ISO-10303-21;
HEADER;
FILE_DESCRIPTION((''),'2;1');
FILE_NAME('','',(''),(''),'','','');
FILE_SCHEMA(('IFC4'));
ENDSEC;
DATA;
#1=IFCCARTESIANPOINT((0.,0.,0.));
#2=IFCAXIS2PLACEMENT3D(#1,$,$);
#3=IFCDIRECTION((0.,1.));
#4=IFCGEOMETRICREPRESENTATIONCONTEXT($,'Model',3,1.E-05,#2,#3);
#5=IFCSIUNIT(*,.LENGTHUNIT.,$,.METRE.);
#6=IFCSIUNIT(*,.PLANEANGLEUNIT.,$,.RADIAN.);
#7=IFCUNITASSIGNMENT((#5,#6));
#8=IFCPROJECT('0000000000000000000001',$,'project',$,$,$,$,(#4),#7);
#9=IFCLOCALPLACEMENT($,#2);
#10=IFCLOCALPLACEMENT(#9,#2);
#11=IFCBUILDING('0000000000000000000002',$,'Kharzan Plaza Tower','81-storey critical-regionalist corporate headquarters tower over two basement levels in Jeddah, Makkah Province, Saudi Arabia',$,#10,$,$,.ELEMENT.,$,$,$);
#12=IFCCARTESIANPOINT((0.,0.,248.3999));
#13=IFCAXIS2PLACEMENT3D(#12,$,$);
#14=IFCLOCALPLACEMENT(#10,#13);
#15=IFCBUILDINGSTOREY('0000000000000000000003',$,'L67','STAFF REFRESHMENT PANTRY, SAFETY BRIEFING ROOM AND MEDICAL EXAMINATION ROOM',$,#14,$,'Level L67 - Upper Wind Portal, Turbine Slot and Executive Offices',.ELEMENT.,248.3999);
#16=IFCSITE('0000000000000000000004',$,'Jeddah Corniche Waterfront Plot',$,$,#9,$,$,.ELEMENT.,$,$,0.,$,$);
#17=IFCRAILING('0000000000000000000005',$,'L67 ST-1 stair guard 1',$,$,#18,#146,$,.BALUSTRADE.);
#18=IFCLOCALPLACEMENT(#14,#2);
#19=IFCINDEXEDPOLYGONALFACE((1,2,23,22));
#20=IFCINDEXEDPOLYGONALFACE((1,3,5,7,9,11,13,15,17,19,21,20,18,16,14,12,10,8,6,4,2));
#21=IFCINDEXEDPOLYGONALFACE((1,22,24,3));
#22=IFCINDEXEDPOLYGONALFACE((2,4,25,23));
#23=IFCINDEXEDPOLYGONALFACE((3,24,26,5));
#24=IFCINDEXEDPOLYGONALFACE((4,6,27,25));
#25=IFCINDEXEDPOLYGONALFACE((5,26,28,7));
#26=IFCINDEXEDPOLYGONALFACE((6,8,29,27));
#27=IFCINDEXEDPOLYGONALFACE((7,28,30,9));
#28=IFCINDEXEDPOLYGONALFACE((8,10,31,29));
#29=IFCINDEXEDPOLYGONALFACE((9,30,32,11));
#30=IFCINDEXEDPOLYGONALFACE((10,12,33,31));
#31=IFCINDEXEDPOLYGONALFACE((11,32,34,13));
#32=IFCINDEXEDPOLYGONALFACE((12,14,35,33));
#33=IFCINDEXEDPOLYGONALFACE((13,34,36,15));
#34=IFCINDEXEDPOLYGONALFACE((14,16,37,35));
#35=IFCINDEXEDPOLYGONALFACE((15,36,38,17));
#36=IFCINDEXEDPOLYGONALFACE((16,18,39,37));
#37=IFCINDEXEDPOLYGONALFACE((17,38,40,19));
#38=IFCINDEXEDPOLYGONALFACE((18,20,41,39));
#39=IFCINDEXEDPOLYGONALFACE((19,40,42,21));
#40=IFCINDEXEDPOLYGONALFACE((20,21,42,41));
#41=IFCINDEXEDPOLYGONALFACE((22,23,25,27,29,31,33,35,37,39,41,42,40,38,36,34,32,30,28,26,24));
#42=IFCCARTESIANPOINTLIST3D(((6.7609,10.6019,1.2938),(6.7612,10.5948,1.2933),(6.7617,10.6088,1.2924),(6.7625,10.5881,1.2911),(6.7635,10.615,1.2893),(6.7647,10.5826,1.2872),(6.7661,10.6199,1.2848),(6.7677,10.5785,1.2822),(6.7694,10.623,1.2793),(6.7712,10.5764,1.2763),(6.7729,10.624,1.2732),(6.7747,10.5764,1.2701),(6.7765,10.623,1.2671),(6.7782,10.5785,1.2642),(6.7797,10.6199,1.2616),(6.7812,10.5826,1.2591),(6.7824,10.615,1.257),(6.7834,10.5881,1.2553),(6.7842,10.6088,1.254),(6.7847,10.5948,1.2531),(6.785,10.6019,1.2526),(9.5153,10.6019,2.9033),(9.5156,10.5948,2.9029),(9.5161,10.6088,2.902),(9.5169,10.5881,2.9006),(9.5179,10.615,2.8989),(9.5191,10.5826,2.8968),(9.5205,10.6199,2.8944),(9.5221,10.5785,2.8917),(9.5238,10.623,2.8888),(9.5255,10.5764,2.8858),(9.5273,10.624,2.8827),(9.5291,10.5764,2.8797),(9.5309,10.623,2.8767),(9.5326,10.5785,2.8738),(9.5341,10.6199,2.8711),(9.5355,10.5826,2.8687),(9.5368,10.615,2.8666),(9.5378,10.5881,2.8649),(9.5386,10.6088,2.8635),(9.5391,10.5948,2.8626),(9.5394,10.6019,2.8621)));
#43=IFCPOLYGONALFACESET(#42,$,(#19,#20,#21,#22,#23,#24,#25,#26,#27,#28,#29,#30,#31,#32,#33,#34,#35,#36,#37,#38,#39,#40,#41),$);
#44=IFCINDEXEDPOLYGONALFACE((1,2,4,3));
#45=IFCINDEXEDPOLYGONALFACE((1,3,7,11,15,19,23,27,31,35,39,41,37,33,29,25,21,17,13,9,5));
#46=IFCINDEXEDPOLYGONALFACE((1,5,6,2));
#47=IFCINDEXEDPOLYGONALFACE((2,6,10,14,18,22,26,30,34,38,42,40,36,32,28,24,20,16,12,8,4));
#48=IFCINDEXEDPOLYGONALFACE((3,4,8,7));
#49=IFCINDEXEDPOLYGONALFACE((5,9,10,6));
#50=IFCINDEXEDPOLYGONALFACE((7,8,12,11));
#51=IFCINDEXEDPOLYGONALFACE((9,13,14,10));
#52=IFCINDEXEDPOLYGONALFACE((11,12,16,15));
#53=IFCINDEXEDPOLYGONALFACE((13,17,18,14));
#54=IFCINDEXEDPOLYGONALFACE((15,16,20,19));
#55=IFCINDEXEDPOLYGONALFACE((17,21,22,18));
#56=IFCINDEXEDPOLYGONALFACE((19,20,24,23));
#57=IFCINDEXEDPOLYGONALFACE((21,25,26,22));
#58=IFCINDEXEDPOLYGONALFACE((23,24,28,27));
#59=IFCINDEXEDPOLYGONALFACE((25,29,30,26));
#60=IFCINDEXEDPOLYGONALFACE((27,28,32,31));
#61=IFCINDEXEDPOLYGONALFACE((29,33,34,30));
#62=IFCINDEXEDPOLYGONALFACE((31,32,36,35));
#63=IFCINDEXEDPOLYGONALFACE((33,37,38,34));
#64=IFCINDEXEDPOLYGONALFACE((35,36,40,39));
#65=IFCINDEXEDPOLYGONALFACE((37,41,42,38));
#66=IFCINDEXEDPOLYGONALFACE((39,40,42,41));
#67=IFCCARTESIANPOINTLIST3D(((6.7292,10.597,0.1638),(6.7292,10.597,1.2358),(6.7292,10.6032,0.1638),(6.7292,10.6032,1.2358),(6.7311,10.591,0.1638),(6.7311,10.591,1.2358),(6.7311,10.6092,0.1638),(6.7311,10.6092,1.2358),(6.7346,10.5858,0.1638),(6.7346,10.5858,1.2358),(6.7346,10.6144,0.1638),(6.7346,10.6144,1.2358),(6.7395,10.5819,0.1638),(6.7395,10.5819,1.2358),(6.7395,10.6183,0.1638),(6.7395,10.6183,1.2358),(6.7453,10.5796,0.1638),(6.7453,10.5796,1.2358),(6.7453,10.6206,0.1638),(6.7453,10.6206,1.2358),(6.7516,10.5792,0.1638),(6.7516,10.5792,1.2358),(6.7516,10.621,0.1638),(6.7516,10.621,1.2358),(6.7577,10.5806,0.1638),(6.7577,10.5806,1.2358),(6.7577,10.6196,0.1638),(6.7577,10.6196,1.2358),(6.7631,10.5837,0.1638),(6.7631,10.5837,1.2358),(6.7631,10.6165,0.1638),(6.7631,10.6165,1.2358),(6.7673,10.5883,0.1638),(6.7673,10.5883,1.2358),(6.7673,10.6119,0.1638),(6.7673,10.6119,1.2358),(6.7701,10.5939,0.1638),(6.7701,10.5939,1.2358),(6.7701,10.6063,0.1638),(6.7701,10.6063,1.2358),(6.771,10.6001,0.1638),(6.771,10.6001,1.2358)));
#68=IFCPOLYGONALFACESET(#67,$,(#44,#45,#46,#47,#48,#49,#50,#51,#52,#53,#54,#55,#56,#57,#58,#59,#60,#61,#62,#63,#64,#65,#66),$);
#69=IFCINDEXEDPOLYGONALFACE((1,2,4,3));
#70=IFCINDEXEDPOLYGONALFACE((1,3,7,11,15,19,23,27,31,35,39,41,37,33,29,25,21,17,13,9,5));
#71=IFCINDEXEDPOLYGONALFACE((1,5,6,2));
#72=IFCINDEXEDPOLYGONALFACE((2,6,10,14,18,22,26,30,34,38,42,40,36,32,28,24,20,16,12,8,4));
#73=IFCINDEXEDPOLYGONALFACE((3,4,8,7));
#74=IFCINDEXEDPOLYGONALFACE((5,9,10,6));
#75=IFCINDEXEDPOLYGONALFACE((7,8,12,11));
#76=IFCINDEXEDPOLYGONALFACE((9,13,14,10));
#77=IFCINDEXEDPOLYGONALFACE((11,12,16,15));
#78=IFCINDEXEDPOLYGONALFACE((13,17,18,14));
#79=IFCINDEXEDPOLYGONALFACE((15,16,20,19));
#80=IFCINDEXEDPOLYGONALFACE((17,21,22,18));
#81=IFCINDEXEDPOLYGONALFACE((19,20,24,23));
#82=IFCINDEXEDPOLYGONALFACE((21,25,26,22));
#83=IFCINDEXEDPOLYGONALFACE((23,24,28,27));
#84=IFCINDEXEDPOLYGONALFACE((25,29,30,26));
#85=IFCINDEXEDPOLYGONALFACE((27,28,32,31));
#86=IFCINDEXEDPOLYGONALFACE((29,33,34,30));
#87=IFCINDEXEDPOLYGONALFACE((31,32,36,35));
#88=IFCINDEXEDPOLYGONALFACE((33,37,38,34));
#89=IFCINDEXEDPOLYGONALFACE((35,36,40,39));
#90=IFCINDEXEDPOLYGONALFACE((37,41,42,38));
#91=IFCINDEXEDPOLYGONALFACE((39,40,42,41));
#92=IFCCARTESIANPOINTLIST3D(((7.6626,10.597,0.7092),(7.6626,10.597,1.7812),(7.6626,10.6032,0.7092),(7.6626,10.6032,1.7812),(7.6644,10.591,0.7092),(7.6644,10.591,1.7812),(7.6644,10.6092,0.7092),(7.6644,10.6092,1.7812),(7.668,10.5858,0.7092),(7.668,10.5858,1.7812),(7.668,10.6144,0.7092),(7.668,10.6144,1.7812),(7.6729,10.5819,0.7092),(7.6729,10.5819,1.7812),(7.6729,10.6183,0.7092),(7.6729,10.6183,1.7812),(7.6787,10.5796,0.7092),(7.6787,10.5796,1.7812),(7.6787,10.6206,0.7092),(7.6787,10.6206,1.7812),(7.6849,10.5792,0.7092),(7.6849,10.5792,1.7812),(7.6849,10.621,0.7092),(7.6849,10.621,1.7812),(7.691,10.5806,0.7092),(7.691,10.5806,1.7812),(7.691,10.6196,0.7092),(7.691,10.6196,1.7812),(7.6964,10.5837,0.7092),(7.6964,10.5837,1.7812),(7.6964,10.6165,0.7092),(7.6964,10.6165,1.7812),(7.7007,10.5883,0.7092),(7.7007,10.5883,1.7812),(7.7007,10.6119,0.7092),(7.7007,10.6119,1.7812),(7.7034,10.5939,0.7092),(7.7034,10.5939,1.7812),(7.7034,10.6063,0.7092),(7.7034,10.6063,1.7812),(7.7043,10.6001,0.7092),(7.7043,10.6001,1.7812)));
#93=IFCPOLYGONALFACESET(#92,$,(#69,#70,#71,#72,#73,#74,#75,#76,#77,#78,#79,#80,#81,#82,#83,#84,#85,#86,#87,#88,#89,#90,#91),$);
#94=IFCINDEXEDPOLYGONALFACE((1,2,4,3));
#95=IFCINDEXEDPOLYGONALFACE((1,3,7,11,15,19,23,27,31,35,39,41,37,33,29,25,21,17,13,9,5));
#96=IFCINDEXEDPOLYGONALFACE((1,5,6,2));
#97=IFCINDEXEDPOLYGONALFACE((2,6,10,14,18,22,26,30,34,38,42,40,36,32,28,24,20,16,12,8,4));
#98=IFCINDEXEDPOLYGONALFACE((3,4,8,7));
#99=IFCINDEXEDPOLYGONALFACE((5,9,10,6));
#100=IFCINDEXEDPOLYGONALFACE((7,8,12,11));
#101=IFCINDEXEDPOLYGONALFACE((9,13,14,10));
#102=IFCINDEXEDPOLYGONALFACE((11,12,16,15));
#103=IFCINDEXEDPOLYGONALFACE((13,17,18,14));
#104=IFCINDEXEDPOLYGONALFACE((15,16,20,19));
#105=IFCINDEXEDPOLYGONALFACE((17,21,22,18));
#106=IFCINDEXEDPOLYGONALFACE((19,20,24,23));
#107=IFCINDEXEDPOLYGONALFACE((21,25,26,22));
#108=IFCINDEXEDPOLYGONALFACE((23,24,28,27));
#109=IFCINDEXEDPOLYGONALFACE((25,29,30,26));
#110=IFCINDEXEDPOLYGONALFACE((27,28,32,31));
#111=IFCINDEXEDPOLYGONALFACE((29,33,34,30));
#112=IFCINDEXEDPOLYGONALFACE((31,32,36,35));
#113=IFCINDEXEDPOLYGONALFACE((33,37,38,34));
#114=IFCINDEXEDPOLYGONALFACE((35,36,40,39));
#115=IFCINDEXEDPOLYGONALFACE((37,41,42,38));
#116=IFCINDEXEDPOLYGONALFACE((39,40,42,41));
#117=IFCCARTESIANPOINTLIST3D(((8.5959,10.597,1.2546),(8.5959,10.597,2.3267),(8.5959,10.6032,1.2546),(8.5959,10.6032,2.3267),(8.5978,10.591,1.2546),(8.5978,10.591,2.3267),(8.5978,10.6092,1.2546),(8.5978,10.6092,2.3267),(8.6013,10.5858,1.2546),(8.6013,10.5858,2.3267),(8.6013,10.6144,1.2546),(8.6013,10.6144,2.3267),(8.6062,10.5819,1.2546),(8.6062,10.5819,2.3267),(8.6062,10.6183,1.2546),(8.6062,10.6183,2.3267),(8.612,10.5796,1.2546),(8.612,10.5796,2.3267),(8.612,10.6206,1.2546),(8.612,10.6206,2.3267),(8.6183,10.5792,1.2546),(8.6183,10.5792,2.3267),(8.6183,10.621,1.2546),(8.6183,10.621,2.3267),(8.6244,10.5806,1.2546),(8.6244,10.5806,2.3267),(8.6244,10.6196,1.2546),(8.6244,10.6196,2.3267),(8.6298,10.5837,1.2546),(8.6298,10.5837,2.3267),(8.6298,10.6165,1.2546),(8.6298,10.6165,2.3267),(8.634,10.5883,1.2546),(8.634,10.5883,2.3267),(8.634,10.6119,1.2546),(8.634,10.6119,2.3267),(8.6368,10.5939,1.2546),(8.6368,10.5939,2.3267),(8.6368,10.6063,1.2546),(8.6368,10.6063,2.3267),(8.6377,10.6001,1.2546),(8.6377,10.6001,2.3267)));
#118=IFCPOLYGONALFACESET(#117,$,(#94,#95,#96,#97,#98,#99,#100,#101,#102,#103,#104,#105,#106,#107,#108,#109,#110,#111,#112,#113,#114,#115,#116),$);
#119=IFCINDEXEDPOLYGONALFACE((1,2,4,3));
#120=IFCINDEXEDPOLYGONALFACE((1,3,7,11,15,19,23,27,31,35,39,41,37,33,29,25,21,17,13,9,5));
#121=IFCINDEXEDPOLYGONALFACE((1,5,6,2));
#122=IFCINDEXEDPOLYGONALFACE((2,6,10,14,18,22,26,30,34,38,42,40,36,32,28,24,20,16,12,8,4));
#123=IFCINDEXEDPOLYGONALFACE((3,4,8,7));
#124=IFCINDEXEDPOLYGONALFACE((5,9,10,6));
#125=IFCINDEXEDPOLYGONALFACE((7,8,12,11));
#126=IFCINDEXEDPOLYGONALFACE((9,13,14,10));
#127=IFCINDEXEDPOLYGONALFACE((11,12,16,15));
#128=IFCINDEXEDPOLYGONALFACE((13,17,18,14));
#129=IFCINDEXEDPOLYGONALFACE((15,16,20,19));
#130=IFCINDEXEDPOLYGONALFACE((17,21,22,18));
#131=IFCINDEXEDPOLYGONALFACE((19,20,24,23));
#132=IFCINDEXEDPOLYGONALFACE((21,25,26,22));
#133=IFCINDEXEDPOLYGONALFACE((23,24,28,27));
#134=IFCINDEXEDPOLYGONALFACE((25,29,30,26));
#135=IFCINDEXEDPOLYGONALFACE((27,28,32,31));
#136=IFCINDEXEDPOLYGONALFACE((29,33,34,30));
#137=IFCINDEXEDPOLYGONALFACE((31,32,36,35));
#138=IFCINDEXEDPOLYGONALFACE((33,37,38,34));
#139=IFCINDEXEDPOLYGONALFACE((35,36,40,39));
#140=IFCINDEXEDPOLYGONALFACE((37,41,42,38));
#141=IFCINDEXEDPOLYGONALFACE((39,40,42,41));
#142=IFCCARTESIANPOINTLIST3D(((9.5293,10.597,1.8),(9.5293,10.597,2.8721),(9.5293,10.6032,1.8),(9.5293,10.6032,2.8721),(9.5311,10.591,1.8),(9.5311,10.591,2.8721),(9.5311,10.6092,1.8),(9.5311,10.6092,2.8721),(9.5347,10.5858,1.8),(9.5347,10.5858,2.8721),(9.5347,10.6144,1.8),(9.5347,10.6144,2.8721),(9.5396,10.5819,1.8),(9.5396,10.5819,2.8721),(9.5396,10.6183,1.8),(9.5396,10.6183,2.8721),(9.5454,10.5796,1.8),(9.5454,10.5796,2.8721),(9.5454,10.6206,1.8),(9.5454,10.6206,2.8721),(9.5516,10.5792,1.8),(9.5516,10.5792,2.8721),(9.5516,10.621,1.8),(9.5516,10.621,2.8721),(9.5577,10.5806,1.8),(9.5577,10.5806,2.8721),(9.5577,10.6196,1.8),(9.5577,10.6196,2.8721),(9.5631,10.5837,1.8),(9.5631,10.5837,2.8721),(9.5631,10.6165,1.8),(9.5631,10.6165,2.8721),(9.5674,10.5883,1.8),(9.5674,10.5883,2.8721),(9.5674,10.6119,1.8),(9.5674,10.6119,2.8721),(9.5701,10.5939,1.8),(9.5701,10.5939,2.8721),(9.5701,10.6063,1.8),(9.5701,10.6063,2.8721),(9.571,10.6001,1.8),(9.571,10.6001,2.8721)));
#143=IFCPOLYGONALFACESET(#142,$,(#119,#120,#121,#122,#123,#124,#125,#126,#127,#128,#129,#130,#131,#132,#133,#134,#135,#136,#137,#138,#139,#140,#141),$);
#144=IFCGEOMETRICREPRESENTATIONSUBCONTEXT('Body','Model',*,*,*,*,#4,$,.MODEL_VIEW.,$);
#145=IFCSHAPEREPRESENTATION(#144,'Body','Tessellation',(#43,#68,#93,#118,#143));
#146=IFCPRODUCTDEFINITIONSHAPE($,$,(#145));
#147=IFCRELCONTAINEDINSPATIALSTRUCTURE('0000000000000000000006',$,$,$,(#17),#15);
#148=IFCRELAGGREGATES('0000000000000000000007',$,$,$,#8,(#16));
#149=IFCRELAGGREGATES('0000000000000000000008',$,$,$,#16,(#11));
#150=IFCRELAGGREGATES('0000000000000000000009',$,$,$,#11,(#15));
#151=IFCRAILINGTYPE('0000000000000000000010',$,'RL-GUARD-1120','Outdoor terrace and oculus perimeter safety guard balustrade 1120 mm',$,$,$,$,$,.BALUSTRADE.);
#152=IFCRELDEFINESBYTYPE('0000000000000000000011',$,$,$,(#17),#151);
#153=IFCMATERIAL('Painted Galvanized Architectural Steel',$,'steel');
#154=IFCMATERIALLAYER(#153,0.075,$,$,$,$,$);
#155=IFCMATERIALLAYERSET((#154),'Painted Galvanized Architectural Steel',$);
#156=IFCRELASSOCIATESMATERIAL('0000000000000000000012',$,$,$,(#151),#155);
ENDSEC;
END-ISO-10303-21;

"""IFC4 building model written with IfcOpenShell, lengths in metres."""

from ifc_helpers import new_model, si_unit, direction, frame, origin, origin_2d, place, context, subcontext, project, spatial, circle, extrude, source, transform, mapped, material, layer, layer_set, type_object, element, save


model = new_model("IFC4")

# Units and contexts
model_context = context("Model", 3, precision=1e-05, world=origin(), true_north=direction((0.0, 1.0)))
body_context = subcontext(model_context, "Body", "Model", "MODEL_VIEW")
ifc_project = project(units=[si_unit("LENGTHUNIT", "METRE"), si_unit("PLANEANGLEUNIT", "RADIAN")], contexts=[model_context])

# Site, building, storey
site_placement = place(None, origin())
site = spatial("IfcSite", under=ifc_project, at=site_placement, Name="Jeddah Corniche Waterfront Plot", CompositionType="ELEMENT", RefElevation=0.0)
building_placement = place(site_placement, origin())
building = spatial("IfcBuilding", under=site, at=building_placement, Name="Kharzan Plaza Tower", Description="81-storey critical-regionalist corporate headquarters tower over two basement levels in Jeddah, Makkah Province, Saudi Arabia", CompositionType="ELEMENT")
storey_placement = place(building_placement, frame((0.0, 0.0, 248.3999)))
storey = spatial("IfcBuildingStorey", under=building, at=storey_placement, Name="L67", Description="STAFF REFRESHMENT PANTRY, SAFETY BRIEFING ROOM AND MEDICAL EXAMINATION ROOM", LongName="Level L67 - Upper Wind Portal, Turbine Slot and Executive Offices", CompositionType="ELEMENT", Elevation=248.3999)

# Railing
ifc_material_1 = material(Name="Painted Galvanized Architectural Steel", Category="steel")
ifc_layer_1 = layer(ifc_material_1, 0.075)
ifc_layer_set_1 = layer_set([ifc_layer_1], Name="Painted Galvanized Architectural Steel")
railing_type_1 = type_object("IfcRailingType", Name="RL-GUARD-1120", Description="Outdoor terrace and oculus perimeter safety guard balustrade 1120 mm", PredefinedType="BALUSTRADE", material=ifc_layer_set_1)
shared_shape_1 = source(origin(), body_context, "Body", "SweptSolid", [
    extrude(circle(Radius=0.0239, at=origin_2d()), frame((0.0229, 0.0, 1.1094), z_axis=(0.863394, 0.0, 0.504531), x_axis=(0.0, 1.0, 0.0)), (0.0, 0.0, 1.0), 3.1902),
    extrude(circle(Radius=0.021, at=origin_2d()), origin(), (0.0, 0.0, 1.0), 1.072),
    extrude(circle(Radius=0.021, at=origin_2d()), frame((0.9333, 0.0, 0.5454)), (0.0, 0.0, 1.0), 1.072),
    extrude(circle(Radius=0.021, at=origin_2d()), frame((1.8667, 0.0, 1.0908)), (0.0, 0.0, 1.0), 1.072),
    extrude(circle(Radius=0.021, at=origin_2d()), frame((2.8, 0.0, 1.6362)), (0.0, 0.0, 1.0), 1.072),
])
railing_1_placement = place(storey_placement, frame((6.75, 10.6001, 0.1638)))
element("IfcRailing", 1, at=railing_1_placement, inside=storey, type_object=railing_type_1, Name="L67 ST-1 stair guard 1", PredefinedType="BALUSTRADE", context=body_context, shape_type="MappedRepresentation", body=[
    mapped(shared_shape_1, transform((0.0, 0.0, 0.0), x_axis=(1.0, 0.0, 0.0), y_axis=(0.0, 1.0, 0.0), z_axis=(0.0, 0.0, 1.0))),
])

save(model, "model.ifc")
